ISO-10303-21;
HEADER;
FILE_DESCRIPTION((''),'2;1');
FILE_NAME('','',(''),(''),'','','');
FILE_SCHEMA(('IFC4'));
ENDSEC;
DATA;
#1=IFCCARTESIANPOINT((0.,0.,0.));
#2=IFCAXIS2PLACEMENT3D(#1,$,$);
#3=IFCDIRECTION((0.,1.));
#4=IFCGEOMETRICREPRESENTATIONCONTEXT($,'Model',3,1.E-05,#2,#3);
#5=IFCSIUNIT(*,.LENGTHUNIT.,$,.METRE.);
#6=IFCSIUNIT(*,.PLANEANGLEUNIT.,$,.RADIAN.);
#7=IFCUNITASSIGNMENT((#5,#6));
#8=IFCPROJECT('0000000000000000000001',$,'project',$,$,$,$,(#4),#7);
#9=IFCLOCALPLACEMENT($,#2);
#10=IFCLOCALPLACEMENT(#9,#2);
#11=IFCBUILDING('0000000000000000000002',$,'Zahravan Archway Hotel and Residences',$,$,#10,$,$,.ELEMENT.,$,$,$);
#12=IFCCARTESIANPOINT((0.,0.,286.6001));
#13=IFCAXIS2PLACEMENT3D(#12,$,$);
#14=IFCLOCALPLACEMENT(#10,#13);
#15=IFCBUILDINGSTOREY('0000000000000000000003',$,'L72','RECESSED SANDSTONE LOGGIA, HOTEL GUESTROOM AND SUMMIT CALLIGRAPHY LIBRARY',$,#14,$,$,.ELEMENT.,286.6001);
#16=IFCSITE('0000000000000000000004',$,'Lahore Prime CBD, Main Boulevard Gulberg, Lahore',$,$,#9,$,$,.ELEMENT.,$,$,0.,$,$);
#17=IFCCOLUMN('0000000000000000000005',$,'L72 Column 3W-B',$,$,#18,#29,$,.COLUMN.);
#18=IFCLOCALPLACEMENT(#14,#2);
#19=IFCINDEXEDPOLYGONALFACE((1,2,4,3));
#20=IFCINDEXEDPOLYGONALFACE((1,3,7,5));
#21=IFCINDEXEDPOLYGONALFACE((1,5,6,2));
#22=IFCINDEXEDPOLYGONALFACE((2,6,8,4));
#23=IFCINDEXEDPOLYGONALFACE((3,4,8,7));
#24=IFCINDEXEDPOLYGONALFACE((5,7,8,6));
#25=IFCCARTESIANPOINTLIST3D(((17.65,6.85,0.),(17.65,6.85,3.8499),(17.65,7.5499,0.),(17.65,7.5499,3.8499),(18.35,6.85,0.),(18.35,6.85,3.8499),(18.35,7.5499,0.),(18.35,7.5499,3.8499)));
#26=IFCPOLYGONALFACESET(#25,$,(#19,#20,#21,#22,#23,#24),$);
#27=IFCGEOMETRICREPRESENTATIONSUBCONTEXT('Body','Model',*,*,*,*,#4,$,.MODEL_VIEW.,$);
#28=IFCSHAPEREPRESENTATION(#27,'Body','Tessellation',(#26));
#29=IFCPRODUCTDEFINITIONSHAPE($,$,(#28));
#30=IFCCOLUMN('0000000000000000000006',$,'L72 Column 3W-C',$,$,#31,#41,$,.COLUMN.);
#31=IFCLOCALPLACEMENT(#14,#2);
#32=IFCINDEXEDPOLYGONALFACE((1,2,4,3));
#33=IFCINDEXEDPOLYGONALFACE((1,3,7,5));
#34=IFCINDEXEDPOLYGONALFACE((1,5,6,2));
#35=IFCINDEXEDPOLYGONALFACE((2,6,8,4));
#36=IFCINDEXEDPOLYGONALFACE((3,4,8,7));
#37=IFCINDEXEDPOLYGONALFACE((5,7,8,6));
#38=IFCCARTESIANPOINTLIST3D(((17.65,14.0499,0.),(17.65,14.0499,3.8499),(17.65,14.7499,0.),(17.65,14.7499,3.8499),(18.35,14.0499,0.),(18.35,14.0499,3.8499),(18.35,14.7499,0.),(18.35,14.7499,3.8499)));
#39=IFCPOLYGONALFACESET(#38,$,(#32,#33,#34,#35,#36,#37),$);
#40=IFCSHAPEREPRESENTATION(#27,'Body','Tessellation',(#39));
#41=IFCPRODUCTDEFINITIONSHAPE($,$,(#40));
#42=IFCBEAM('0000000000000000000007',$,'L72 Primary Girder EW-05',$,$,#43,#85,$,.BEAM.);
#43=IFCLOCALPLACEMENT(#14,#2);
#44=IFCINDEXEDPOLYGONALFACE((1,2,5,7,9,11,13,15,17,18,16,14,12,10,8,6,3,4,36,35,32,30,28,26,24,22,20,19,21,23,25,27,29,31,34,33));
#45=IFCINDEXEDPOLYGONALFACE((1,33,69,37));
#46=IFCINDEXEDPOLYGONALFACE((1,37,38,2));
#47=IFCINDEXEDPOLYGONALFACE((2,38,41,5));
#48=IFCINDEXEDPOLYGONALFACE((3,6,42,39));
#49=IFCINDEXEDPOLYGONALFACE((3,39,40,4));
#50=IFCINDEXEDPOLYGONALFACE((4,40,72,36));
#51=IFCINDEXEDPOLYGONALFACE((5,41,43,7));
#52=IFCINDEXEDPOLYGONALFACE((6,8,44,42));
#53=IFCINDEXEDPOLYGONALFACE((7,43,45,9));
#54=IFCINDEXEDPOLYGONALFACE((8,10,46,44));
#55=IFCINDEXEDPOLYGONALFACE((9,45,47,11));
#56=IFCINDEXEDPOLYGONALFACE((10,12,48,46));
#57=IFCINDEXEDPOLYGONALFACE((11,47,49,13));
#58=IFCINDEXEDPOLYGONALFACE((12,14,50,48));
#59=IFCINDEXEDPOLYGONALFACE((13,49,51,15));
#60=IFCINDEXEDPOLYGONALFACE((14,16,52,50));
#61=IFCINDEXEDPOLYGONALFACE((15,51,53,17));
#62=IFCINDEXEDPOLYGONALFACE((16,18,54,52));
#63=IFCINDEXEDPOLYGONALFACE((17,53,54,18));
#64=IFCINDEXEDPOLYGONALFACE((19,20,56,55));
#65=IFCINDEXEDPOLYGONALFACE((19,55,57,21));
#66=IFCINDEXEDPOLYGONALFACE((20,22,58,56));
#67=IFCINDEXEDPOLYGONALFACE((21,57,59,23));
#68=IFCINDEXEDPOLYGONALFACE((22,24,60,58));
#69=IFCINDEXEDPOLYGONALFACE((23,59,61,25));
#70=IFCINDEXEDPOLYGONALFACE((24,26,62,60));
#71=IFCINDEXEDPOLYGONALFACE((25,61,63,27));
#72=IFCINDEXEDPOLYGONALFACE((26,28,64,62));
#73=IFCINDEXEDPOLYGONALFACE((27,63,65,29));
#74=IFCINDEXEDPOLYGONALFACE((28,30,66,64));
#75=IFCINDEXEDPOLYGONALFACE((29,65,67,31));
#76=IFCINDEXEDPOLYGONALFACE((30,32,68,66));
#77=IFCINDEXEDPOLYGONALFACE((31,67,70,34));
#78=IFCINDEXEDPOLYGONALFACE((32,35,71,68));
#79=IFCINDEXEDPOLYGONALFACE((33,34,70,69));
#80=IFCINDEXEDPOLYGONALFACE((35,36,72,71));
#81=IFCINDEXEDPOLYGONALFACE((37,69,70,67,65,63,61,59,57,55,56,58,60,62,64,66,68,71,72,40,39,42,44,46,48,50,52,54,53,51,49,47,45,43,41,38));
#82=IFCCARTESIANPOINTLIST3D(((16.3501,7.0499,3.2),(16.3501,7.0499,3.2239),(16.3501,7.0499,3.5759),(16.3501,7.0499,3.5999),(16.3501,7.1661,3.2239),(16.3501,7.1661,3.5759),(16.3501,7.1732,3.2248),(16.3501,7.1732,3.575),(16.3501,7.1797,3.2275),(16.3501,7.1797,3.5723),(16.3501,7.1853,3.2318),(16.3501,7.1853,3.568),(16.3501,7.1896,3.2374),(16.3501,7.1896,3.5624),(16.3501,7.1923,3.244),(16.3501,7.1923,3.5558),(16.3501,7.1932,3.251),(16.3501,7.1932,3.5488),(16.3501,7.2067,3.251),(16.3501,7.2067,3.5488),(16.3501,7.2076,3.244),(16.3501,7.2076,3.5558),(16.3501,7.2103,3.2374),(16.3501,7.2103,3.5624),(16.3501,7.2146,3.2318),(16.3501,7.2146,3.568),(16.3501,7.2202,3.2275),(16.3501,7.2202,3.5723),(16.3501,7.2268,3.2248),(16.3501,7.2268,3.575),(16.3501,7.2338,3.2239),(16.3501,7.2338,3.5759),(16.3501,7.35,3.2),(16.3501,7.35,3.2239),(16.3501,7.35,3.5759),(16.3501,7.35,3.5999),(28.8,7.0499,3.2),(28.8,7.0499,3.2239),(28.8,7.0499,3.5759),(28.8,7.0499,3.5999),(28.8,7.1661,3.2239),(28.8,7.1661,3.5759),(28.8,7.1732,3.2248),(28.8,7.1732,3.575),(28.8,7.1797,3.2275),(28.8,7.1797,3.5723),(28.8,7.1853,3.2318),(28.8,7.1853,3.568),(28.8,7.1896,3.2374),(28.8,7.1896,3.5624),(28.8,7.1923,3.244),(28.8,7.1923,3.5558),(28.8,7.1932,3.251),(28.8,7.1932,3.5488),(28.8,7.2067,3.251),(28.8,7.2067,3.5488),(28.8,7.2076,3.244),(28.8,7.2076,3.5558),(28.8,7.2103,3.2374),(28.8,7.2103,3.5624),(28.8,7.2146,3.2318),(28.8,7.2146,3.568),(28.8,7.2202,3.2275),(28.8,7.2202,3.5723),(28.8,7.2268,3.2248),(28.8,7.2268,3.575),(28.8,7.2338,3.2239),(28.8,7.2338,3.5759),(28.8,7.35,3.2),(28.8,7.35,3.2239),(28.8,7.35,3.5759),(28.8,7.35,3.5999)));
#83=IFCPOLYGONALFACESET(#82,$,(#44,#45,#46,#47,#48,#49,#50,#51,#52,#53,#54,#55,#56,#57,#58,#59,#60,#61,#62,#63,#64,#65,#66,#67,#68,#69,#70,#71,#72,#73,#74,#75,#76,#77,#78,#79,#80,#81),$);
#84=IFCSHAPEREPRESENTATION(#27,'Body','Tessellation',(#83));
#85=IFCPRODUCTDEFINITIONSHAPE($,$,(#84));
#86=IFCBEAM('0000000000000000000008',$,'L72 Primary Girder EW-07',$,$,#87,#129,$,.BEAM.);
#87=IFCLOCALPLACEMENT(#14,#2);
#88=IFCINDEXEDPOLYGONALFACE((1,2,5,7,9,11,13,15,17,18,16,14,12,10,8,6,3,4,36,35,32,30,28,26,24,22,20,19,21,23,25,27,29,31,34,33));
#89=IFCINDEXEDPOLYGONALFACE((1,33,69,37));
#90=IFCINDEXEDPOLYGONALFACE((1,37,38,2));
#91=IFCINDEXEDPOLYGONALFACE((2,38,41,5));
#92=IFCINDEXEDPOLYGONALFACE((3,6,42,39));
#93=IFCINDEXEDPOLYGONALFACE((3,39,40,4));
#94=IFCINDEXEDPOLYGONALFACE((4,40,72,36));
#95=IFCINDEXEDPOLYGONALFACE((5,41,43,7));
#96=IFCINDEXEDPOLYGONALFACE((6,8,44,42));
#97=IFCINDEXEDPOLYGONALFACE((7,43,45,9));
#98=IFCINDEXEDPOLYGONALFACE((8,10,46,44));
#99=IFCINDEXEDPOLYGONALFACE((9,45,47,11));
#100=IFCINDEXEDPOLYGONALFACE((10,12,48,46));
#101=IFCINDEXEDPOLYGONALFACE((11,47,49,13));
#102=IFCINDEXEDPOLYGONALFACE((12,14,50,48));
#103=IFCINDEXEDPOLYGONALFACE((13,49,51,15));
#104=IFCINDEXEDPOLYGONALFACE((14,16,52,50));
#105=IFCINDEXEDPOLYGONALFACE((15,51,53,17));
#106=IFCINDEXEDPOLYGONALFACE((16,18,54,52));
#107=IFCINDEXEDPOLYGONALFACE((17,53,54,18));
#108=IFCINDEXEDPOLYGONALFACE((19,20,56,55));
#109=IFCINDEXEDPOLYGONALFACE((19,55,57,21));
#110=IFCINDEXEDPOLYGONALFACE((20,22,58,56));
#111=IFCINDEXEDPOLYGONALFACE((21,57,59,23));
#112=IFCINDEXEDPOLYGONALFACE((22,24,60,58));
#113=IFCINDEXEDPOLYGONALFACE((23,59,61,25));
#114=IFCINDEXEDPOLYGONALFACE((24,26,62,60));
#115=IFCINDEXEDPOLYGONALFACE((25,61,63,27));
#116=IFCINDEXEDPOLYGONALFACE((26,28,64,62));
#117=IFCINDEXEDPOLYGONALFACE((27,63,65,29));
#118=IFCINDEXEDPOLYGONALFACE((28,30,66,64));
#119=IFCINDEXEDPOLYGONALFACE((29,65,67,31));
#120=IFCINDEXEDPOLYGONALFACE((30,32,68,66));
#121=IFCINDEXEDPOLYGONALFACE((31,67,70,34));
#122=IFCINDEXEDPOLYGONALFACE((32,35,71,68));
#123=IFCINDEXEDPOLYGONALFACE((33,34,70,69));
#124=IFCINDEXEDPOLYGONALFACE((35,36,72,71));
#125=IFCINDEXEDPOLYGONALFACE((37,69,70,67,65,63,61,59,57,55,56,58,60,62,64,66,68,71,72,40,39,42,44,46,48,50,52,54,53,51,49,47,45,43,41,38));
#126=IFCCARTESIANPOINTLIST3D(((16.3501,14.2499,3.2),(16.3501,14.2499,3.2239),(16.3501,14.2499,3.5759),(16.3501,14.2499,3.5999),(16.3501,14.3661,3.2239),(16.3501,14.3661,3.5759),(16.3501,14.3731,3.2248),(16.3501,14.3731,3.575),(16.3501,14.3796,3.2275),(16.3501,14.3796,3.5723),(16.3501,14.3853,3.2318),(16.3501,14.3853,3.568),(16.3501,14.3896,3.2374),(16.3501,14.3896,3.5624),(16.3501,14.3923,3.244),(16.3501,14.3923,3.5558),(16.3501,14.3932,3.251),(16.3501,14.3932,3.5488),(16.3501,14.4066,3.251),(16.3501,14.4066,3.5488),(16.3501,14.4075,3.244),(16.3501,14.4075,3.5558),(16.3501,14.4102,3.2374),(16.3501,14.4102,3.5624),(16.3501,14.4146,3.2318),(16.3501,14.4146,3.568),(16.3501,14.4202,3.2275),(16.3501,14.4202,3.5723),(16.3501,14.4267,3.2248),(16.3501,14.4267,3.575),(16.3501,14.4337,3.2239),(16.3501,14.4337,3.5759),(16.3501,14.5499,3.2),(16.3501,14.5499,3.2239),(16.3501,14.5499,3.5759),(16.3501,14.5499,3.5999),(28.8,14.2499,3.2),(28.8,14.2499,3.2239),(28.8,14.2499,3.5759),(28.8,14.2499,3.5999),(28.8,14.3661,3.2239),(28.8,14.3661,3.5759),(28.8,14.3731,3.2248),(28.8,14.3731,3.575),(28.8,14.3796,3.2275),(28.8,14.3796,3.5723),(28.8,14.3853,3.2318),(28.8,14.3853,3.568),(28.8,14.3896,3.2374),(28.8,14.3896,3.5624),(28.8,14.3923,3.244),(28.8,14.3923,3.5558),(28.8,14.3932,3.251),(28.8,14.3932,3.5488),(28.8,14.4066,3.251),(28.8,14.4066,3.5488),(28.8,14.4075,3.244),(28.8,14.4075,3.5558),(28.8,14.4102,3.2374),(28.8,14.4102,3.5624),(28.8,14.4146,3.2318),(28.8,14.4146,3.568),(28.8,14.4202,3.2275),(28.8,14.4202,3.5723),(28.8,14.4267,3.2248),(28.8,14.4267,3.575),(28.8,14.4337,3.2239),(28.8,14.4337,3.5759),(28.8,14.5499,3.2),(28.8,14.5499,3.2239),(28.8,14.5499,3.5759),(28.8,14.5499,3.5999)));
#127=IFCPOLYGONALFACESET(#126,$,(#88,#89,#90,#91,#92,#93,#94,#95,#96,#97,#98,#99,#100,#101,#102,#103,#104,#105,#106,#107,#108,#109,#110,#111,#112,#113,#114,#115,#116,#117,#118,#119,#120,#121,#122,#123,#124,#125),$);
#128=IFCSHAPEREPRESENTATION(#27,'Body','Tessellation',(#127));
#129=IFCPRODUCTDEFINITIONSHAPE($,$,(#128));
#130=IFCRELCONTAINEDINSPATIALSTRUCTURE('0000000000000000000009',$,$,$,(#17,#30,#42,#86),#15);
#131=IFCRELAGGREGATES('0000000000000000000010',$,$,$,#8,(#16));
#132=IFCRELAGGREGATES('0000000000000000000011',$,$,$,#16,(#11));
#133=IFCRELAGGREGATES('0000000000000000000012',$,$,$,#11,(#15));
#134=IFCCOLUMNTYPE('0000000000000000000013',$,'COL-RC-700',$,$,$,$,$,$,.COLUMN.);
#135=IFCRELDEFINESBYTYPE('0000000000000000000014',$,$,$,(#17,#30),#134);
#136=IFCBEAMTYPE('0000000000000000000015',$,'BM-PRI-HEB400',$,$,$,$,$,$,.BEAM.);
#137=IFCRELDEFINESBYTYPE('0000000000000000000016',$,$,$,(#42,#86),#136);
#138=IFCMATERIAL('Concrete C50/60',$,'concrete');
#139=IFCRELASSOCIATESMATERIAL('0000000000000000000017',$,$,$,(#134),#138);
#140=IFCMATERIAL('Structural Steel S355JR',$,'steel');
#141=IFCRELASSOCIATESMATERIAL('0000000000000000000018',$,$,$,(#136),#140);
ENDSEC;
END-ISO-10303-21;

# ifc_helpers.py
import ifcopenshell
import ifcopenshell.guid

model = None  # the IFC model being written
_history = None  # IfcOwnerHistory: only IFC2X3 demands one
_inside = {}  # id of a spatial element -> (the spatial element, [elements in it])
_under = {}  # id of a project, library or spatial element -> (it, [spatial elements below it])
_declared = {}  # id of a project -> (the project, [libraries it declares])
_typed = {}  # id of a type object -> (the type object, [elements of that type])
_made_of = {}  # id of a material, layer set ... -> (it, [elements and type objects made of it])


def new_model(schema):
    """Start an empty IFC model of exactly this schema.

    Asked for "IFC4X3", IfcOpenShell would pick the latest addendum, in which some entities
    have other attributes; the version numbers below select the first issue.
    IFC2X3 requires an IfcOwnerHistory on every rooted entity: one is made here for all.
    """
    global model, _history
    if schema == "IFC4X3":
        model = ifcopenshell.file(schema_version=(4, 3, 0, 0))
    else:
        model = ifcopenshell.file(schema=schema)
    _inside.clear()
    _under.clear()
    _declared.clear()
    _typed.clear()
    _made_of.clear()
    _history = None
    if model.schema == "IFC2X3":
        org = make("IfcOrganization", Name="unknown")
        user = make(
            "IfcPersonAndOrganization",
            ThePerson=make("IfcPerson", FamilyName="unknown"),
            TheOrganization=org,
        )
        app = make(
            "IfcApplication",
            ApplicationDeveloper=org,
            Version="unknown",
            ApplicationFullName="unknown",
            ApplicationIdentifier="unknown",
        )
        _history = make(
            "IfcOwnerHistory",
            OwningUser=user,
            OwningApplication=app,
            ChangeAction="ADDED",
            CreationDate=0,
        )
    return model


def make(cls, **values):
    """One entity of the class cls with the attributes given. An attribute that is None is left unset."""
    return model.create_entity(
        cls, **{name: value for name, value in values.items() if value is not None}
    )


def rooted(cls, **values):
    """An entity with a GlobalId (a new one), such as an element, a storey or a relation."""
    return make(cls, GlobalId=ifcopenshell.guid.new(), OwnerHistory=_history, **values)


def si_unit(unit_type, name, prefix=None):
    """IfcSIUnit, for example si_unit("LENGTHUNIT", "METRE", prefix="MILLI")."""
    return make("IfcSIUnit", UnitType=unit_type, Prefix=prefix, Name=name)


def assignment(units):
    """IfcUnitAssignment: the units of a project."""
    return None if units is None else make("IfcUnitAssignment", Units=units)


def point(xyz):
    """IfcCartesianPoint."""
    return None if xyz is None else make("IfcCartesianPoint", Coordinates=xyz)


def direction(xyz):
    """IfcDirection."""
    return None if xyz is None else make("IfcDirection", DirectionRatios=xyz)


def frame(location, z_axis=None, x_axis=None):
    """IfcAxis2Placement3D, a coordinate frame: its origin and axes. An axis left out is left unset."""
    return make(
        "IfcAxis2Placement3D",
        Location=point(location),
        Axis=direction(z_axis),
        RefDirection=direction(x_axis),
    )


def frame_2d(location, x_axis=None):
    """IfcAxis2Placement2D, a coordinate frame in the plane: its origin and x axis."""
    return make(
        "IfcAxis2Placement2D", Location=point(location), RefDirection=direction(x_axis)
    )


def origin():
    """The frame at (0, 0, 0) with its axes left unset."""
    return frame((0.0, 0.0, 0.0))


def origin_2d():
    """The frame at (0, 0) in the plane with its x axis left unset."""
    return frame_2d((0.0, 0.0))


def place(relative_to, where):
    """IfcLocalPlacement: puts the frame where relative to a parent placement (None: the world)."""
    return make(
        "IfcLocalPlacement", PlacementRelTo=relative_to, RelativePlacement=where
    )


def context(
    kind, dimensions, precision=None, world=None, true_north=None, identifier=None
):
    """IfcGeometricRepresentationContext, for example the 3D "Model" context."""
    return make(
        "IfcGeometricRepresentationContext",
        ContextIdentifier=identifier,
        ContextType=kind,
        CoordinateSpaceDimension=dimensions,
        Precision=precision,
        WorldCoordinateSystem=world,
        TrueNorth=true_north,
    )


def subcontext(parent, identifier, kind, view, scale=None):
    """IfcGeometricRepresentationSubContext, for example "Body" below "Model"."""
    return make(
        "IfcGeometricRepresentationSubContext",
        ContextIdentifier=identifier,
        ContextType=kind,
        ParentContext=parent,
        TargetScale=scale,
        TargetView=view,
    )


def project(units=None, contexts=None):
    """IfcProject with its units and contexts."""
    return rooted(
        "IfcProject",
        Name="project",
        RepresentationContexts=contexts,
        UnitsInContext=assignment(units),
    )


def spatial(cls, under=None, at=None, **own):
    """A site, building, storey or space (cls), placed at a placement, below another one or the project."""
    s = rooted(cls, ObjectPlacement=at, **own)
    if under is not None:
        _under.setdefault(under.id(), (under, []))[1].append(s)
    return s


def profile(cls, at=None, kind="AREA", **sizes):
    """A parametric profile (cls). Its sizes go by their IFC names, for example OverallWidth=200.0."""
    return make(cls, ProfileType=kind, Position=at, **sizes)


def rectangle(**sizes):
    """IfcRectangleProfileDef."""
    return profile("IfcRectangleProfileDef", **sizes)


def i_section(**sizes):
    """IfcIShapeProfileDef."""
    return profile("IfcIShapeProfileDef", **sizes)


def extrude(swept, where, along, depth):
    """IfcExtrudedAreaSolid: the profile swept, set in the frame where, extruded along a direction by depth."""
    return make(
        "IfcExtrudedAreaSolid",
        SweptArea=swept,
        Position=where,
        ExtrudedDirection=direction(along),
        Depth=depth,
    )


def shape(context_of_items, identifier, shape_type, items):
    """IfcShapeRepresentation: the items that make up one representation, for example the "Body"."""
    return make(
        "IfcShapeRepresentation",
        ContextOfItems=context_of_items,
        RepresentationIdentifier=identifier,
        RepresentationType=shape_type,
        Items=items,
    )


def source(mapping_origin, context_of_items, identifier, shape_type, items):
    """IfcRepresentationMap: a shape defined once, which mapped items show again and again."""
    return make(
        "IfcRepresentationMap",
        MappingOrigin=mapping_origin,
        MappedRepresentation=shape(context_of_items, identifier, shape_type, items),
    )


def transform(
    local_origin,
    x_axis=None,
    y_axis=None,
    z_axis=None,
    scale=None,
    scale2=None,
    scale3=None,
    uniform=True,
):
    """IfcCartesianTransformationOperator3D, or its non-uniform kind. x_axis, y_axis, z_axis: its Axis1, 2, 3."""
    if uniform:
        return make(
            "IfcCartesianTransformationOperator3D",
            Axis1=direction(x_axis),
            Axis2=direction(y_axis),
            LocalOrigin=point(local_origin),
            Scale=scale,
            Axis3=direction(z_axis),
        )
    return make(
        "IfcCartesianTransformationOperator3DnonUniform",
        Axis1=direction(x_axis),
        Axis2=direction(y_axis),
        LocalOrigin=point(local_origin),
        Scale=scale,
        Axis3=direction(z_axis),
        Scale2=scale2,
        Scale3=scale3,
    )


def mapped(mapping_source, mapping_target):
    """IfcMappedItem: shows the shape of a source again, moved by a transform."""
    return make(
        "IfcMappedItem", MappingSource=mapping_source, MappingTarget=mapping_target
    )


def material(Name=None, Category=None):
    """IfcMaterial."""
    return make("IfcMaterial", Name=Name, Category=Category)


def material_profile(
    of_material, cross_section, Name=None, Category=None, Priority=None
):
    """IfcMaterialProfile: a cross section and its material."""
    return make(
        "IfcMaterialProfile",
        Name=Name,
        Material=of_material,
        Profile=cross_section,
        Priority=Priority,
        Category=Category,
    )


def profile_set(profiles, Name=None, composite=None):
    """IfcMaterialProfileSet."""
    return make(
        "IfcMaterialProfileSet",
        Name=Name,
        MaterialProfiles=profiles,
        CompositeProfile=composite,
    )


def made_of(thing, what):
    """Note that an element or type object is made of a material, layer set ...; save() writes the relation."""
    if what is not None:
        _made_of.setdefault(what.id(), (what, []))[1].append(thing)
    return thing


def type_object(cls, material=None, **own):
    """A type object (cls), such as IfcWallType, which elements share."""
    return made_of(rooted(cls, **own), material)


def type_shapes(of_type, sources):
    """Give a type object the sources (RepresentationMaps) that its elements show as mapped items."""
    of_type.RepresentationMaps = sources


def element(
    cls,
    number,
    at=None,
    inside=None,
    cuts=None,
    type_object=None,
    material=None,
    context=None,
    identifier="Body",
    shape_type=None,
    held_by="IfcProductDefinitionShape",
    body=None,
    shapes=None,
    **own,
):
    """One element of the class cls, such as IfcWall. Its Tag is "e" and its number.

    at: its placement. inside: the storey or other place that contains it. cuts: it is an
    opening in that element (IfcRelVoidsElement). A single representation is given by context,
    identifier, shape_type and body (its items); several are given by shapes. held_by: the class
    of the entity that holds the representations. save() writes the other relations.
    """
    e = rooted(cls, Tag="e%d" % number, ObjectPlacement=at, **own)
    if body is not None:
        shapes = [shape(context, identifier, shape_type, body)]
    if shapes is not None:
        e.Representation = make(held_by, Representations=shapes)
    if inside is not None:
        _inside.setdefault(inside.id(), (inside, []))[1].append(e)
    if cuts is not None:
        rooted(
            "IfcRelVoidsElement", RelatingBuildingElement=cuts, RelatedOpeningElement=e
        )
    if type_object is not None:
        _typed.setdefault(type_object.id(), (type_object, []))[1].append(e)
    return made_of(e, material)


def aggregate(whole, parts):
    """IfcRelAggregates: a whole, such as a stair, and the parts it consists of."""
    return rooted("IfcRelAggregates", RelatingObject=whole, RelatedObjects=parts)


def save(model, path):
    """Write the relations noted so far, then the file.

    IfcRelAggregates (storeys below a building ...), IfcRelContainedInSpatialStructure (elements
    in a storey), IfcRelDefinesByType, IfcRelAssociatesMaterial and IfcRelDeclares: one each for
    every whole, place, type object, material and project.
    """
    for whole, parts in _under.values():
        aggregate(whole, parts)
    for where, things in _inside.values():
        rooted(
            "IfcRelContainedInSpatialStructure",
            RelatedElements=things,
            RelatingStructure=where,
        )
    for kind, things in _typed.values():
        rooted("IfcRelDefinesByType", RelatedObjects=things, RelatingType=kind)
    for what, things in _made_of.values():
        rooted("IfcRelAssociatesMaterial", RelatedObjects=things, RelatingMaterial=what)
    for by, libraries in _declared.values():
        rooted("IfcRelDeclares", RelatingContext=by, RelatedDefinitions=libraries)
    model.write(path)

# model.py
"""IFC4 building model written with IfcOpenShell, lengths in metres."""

from ifc_helpers import new_model, si_unit, direction, frame, origin, origin_2d, place, context, subcontext, project, spatial, rectangle, i_section, extrude, source, transform, mapped, material, material_profile, profile_set, type_object, type_shapes, element, save


model = new_model("IFC4")

# Units and contexts
model_context = context("Model", 3, precision=1e-05, world=origin(), true_north=direction((0.0, 1.0)))
body_context = subcontext(model_context, "Body", "Model", "MODEL_VIEW")
ifc_project = project(units=[si_unit("LENGTHUNIT", "METRE"), si_unit("PLANEANGLEUNIT", "RADIAN")], contexts=[model_context])

# Site, building, storey
site_placement = place(None, origin())
site = spatial("IfcSite", under=ifc_project, at=site_placement, Name="Lahore Prime CBD, Main Boulevard Gulberg, Lahore", CompositionType="ELEMENT", RefElevation=0.0)
building_placement = place(site_placement, origin())
building = spatial("IfcBuilding", under=site, at=building_placement, Name="Zahravan Archway Hotel and Residences", CompositionType="ELEMENT")
storey_placement = place(building_placement, frame((0.0, 0.0, 286.6001)))
storey = spatial("IfcBuildingStorey", under=building, at=storey_placement, Name="L72", Description="RECESSED SANDSTONE LOGGIA, HOTEL GUESTROOM AND SUMMIT CALLIGRAPHY LIBRARY", CompositionType="ELEMENT", Elevation=286.6001)

# Columns
ifc_material_1 = material(Name="Concrete C50/60", Category="concrete")
ifc_material_profile_1 = material_profile(ifc_material_1, rectangle(XDim=0.7, YDim=0.7, at=origin_2d()), Name="RC-COL-700x700", Category="concrete")
ifc_profile_set_1 = profile_set([ifc_material_profile_1], Name="Concrete C50/60")
column_type = type_object("IfcColumnType", Name="COL-RC-700", PredefinedType="COLUMN", material=ifc_profile_set_1)
shared_shape_1 = source(origin(), body_context, "Body", "SweptSolid", [
    extrude(rectangle(XDim=0.7, YDim=0.7, at=origin_2d()), origin(), (0.0, 0.0, 1.0), 3.8499),
])
type_shapes(column_type, [shared_shape_1])
for number, where, z_axis, x_axis, name in (
    (1, (18.0, 7.2, 0.0), (0.0, 0.0, 1.0), (1.0, 0.0, 0.0), "L72 Column 3W-B"),
    (2, (18.0, 14.3999, 0.0), (0.0, 0.0, 1.0), (1.0, 0.0, 0.0), "L72 Column 3W-C"),
):
    element("IfcColumn", number, at=place(storey_placement, frame(where, z_axis=z_axis, x_axis=x_axis)), inside=storey, type_object=column_type, Name=name, PredefinedType="COLUMN", context=body_context, shape_type="MappedRepresentation", body=[
        mapped(shared_shape_1, transform((0.0, 0.0, 0.0), scale=1.0)),
    ])

# Beams
ifc_material_2 = material(Name="Structural Steel S355JR", Category="steel")
ifc_material_profile_2 = material_profile(ifc_material_2, i_section(OverallWidth=0.3, OverallDepth=0.3999, WebThickness=0.0134, FlangeThickness=0.0239, FilletRadius=0.0271, at=origin_2d()), Name="HEB 400", Category="steel")
ifc_profile_set_2 = profile_set([ifc_material_profile_2], Name="Structural Steel S355JR")
beam_type = type_object("IfcBeamType", Name="BM-PRI-HEB400", PredefinedType="BEAM", material=ifc_profile_set_2)
shared_shape_2 = source(origin(), body_context, "Body", "SweptSolid", [
    extrude(i_section(OverallWidth=0.3, OverallDepth=0.3999, WebThickness=0.0134, FlangeThickness=0.0239, FilletRadius=0.0271, at=origin_2d()), origin(), (0.0, 0.0, 1.0), 12.45),
])
for number, where, z_axis, x_axis, name in (
    (3, (16.3501, 7.2, 3.3999), (1.0, 0.0, 0.0), (0.0, 1.0, 0.0), "L72 Primary Girder EW-05"),
    (4, (16.3501, 14.3999, 3.3999), (1.0, 0.0, 0.0), (0.0, 1.0, 0.0), "L72 Primary Girder EW-07"),
):
    element("IfcBeam", number, at=place(storey_placement, frame(where, z_axis=z_axis, x_axis=x_axis)), inside=storey, type_object=beam_type, Name=name, PredefinedType="BEAM", context=body_context, shape_type="MappedRepresentation", body=[
        mapped(shared_shape_2, transform((0.0, 0.0, 0.0), scale=1.0)),
    ])

save(model, "model.ifc")
